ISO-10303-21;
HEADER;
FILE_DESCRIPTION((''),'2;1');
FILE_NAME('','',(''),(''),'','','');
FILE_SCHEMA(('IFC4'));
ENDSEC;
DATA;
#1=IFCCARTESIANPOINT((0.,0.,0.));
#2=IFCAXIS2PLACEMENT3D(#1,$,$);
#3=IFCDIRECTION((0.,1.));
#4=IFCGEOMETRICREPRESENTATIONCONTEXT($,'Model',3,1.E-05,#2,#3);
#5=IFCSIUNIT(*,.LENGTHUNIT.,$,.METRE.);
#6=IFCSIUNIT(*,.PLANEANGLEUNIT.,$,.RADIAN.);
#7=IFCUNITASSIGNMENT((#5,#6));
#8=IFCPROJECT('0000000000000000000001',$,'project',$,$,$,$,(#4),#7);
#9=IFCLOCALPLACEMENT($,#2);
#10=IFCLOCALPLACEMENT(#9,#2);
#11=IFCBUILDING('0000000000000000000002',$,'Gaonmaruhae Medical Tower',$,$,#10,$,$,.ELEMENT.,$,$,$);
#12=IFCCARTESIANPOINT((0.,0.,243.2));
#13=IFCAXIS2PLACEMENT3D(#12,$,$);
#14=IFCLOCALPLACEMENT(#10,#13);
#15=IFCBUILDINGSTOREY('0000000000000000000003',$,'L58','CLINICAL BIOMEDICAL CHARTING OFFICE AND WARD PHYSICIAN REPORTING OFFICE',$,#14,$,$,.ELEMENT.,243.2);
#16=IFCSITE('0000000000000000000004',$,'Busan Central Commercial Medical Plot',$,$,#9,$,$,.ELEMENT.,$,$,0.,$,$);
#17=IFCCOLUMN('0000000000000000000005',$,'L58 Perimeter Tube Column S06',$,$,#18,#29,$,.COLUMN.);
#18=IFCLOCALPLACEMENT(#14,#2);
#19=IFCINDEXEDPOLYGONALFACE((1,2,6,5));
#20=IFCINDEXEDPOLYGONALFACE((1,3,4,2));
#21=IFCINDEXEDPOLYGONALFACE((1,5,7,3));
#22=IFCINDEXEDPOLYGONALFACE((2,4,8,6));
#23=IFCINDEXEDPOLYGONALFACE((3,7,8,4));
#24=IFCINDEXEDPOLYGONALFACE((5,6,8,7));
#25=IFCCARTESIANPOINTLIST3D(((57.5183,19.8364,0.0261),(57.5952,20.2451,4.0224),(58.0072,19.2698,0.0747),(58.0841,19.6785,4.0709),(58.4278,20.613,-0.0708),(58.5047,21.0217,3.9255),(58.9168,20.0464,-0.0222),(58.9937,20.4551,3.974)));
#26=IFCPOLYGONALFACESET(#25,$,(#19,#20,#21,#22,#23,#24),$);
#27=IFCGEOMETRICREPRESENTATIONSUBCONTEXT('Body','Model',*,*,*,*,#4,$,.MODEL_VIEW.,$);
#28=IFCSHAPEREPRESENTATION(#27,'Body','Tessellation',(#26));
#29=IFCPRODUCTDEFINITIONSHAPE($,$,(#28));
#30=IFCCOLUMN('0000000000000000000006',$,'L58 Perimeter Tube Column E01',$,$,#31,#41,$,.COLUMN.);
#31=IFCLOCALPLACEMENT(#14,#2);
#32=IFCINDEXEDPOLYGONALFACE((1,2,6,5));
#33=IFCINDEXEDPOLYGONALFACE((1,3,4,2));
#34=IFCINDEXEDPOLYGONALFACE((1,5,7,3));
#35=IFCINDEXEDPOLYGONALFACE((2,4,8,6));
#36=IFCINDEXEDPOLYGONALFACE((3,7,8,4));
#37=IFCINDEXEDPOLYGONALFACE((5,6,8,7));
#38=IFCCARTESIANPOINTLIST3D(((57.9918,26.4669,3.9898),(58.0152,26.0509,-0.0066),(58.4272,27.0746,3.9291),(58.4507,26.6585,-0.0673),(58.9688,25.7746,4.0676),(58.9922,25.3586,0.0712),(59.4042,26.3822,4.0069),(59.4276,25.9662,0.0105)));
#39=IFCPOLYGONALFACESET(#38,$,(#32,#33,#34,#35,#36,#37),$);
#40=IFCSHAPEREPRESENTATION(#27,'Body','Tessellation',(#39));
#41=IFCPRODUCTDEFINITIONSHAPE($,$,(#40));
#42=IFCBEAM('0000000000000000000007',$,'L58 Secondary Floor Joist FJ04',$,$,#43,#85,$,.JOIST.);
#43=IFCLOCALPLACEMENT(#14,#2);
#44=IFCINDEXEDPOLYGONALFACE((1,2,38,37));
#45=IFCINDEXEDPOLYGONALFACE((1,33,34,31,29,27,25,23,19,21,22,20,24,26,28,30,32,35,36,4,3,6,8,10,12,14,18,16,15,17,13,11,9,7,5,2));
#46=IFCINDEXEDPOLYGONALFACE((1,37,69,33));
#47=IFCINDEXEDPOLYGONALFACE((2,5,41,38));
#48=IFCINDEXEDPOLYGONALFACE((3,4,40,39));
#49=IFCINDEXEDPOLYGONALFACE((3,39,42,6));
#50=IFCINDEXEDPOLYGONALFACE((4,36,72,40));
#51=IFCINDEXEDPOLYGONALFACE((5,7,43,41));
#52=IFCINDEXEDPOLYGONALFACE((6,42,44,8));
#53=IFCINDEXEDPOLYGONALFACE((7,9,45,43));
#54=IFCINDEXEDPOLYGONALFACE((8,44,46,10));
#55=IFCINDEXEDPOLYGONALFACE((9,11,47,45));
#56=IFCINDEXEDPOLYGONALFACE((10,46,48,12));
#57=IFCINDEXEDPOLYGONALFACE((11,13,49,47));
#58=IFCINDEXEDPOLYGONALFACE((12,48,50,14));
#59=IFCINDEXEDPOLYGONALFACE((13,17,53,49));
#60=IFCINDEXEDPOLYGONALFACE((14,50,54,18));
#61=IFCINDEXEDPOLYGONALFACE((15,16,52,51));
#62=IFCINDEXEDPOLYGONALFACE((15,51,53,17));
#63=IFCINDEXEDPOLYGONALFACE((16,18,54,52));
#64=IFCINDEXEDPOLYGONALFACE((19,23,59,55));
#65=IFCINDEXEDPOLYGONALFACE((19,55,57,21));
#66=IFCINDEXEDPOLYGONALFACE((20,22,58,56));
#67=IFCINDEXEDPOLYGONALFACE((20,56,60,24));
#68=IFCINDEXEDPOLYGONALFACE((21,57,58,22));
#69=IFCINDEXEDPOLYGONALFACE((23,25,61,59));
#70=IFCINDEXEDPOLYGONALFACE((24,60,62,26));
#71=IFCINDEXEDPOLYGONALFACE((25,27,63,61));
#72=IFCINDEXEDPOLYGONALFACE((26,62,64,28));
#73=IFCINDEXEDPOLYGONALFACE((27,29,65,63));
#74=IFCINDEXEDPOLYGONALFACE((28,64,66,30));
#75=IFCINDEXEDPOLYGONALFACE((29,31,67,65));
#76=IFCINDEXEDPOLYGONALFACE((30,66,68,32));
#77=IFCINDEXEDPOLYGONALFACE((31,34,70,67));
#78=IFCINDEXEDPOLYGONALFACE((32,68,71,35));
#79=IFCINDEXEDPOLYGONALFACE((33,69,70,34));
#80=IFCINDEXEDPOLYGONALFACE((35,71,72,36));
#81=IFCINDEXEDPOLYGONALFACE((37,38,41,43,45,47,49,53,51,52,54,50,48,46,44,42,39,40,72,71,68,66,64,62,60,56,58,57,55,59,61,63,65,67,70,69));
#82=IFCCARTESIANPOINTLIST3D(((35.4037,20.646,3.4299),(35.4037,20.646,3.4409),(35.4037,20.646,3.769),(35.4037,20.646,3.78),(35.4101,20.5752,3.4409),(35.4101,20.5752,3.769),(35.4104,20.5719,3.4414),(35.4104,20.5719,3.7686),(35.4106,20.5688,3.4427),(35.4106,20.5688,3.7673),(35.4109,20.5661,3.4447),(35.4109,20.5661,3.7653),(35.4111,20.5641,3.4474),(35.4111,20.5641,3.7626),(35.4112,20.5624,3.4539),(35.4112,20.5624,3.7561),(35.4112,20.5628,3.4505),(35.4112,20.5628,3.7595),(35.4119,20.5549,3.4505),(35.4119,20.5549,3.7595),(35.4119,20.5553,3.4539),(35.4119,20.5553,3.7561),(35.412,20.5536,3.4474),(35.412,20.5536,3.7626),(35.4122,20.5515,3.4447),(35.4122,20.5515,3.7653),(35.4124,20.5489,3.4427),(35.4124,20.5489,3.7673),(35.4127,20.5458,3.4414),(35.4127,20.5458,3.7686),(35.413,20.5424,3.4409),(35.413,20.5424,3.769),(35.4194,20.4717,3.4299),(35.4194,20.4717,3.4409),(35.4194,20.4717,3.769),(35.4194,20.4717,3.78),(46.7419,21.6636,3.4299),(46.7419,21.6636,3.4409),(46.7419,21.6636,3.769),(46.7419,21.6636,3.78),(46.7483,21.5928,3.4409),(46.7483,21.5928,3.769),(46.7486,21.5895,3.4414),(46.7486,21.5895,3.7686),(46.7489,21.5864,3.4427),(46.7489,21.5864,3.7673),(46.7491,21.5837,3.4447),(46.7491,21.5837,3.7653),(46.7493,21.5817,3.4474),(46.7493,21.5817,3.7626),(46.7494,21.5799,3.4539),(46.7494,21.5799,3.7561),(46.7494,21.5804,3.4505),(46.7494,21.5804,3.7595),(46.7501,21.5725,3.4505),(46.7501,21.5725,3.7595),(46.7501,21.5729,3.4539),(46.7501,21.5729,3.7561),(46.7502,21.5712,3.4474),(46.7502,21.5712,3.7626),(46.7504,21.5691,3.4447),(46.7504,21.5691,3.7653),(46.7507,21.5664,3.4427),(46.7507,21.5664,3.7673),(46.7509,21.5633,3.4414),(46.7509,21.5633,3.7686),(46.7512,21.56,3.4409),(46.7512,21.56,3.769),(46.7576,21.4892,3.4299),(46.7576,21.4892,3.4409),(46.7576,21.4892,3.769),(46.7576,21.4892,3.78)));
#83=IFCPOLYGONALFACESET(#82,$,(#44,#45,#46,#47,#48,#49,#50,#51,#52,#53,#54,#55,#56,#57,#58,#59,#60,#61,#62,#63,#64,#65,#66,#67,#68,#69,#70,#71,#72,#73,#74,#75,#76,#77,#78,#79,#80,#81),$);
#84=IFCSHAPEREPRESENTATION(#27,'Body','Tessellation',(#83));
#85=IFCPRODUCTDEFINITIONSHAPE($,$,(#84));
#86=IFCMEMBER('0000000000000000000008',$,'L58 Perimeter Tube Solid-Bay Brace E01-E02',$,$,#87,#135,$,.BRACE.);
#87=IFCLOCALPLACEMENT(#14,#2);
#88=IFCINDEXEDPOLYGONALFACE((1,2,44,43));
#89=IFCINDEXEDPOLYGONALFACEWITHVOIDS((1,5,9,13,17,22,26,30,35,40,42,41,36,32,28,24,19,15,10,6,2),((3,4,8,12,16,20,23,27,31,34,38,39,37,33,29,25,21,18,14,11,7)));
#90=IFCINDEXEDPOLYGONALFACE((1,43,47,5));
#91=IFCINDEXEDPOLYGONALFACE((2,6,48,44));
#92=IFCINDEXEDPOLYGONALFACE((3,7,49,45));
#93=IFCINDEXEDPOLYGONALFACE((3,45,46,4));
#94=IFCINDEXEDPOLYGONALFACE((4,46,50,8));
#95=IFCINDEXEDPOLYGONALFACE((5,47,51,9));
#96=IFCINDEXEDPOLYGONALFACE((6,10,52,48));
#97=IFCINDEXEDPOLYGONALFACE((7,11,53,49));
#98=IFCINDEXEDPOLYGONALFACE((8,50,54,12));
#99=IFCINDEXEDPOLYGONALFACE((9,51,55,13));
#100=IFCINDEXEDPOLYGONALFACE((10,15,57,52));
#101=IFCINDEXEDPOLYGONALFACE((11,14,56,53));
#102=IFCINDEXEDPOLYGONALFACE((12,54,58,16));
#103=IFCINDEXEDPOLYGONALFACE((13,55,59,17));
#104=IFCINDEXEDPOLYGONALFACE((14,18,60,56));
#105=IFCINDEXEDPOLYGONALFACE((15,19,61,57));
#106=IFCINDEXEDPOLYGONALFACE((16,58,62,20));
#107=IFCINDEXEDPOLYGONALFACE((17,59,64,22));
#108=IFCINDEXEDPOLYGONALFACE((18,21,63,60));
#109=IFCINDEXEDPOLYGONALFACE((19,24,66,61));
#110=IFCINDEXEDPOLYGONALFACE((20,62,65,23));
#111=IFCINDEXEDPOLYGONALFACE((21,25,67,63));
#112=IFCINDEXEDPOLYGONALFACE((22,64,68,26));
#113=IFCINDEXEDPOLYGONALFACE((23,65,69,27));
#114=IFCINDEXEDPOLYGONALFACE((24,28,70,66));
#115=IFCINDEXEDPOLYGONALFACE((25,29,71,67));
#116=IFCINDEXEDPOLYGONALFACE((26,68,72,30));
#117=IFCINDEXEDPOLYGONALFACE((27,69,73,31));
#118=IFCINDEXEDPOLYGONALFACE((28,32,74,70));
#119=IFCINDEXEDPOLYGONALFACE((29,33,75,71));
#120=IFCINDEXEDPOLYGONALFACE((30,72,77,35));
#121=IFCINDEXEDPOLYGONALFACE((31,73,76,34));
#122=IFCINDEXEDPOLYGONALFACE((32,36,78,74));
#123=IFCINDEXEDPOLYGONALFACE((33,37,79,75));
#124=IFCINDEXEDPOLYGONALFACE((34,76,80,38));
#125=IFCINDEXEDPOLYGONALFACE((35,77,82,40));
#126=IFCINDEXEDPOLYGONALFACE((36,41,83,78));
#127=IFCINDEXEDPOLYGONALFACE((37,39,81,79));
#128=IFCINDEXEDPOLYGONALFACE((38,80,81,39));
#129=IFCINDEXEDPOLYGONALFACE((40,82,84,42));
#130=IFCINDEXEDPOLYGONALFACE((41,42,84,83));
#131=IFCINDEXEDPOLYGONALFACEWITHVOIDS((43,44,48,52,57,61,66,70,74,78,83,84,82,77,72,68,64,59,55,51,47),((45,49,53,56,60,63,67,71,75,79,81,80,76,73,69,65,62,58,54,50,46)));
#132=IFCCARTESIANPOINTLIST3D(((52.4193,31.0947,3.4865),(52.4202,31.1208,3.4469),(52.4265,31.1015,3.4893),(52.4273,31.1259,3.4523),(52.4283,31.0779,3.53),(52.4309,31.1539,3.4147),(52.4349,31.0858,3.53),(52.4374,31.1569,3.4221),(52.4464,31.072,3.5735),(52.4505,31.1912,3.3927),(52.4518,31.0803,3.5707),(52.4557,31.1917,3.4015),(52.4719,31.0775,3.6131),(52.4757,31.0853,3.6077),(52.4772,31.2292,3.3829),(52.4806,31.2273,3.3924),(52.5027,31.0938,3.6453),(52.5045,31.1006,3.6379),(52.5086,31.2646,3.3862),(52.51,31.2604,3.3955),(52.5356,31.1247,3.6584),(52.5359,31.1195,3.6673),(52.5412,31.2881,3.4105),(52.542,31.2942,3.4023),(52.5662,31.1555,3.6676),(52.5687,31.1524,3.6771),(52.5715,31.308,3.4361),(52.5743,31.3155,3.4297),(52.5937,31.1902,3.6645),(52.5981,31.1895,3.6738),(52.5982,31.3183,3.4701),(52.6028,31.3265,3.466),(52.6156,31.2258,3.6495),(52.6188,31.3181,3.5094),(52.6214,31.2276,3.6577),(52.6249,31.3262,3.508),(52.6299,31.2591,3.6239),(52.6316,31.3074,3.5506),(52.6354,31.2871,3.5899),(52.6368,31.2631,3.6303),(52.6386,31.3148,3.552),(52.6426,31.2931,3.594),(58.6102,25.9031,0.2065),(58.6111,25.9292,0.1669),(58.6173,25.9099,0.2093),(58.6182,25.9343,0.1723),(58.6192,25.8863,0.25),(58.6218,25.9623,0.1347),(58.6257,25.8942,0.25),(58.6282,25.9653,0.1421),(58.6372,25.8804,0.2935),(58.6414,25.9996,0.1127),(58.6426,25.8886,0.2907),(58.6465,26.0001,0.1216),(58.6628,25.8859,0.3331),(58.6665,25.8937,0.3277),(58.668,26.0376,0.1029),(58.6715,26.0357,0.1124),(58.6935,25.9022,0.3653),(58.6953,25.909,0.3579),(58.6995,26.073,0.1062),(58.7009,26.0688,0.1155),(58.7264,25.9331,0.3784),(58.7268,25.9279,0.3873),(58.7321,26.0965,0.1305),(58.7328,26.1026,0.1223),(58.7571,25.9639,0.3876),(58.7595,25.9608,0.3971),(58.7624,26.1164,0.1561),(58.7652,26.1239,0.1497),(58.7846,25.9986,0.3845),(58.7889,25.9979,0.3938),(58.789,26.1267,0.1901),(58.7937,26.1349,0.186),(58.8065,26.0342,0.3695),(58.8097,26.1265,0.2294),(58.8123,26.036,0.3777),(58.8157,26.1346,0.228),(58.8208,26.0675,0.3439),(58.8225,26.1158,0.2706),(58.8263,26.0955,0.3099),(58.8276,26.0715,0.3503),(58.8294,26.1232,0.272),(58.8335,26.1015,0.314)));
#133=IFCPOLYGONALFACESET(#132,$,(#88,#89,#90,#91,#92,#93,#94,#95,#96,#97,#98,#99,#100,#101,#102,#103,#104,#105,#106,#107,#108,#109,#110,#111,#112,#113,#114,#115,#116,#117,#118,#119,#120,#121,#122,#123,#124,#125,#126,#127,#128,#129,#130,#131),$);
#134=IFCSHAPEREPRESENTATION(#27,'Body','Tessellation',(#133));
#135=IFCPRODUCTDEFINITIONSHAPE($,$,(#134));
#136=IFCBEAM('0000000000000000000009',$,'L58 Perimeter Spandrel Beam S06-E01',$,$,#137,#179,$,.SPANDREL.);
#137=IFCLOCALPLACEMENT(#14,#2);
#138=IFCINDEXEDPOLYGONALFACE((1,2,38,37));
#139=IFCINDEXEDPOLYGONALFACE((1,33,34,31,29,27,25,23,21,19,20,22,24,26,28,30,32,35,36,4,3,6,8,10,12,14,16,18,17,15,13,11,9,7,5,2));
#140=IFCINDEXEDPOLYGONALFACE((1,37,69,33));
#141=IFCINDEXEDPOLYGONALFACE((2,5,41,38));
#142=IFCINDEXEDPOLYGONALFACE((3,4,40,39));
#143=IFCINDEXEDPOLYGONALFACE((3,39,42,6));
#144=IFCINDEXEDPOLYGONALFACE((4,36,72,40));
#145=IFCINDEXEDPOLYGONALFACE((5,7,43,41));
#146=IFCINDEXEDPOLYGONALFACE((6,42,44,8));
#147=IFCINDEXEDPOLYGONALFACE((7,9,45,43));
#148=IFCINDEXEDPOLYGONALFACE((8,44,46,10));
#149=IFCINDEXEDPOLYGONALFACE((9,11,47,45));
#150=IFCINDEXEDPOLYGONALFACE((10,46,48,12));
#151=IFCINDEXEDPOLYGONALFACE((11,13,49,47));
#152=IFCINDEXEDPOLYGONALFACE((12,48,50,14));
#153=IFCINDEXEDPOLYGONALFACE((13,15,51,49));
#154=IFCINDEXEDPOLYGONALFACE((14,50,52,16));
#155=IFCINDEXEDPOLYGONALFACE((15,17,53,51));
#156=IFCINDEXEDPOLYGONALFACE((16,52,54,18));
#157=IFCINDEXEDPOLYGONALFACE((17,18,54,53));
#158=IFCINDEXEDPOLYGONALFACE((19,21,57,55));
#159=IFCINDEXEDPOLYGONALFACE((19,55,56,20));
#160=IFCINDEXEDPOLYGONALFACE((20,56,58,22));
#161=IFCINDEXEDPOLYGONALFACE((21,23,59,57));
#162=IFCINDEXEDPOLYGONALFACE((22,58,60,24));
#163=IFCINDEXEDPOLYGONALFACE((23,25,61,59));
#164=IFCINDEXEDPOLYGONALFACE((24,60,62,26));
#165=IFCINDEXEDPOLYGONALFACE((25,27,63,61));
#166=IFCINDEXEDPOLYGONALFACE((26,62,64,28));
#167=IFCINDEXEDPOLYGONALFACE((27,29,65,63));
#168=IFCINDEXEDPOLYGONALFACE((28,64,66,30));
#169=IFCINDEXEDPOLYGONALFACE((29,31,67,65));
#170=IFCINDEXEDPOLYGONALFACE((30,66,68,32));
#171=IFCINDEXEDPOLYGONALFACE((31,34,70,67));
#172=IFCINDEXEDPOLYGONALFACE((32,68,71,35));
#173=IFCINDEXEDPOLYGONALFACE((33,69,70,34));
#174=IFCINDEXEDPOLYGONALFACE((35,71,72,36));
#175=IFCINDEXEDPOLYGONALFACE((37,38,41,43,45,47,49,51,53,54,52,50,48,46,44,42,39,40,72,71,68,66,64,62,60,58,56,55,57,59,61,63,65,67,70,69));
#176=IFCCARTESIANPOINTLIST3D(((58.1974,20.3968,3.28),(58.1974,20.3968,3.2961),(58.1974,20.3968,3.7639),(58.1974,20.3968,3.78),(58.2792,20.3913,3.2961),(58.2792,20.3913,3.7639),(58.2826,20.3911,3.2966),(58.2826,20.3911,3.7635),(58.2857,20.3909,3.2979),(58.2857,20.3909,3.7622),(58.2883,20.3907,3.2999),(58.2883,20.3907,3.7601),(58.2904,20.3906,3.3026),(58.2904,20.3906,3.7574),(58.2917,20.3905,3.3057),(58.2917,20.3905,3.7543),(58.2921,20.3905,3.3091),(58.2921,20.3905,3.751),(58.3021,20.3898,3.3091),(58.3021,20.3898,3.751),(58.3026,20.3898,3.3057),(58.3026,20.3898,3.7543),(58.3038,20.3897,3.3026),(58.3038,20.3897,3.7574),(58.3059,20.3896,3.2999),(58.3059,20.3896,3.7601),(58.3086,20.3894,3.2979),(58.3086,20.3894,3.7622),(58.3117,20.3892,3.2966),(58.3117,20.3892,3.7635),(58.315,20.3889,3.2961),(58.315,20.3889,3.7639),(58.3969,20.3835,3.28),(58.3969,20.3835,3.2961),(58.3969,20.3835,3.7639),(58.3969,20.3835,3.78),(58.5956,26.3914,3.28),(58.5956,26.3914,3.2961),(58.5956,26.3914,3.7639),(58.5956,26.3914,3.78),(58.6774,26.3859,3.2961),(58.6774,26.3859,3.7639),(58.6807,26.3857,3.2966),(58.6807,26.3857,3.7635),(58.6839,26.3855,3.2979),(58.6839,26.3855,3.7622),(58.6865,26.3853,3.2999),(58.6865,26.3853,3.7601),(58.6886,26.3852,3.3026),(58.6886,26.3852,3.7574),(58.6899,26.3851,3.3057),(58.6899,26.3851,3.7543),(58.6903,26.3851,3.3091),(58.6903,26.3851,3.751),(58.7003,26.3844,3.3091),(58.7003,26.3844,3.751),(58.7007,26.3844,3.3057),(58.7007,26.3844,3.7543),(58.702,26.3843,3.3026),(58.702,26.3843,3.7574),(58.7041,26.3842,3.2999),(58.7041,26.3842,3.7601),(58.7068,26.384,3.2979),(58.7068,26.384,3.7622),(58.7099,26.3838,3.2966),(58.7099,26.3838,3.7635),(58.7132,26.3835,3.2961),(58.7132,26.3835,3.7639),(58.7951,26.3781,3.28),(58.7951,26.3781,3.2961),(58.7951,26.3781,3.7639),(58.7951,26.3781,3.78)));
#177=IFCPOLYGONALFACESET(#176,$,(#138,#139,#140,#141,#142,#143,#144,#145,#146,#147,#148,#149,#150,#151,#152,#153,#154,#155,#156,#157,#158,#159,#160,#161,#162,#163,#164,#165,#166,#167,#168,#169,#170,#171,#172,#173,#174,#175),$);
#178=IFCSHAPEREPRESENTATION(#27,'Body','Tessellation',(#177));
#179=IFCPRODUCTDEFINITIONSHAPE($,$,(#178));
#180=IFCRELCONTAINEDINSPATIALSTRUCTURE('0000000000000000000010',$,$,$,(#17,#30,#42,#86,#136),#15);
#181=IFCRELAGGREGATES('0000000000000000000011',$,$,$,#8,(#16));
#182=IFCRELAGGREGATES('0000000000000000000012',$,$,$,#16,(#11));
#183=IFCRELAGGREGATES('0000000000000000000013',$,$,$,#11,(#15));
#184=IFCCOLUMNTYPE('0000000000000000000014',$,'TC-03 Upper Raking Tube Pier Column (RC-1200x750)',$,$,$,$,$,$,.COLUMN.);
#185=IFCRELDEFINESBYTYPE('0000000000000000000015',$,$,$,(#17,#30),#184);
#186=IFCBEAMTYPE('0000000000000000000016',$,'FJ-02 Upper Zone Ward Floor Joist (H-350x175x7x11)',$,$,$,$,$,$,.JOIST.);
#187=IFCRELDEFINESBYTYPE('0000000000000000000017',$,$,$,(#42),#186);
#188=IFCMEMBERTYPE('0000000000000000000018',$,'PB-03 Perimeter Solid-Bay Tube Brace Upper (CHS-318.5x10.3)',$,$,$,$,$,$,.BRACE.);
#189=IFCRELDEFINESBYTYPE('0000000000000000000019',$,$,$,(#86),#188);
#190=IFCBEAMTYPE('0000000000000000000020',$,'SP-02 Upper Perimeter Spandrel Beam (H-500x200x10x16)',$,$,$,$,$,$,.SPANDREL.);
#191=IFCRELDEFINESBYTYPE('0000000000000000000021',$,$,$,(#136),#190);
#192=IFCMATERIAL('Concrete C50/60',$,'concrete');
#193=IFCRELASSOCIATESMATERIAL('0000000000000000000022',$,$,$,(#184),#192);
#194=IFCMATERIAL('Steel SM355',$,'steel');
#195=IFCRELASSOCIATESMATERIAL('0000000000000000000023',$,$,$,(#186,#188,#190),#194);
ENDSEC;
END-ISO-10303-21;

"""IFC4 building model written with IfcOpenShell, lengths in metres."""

from ifc_helpers import new_model, si_unit, direction, frame, origin, origin_2d, place, context, subcontext, project, spatial, rectangle, hollow_circle, i_section, extrude, material, material_profile, profile_set, type_object, element, save


model = new_model("IFC4")

# Units and contexts
model_context = context("Model", 3, precision=1e-05, world=origin(), true_north=direction((0.0, 1.0)))
body_context = subcontext(model_context, "Body", "Model", "MODEL_VIEW")
ifc_project = project(units=[si_unit("LENGTHUNIT", "METRE"), si_unit("PLANEANGLEUNIT", "RADIAN")], contexts=[model_context])

# Site, building, storey
site_placement = place(None, origin())
site = spatial("IfcSite", under=ifc_project, at=site_placement, Name="Busan Central Commercial Medical Plot", CompositionType="ELEMENT", RefElevation=0.0)
building_placement = place(site_placement, origin())
building = spatial("IfcBuilding", under=site, at=building_placement, Name="Gaonmaruhae Medical Tower", CompositionType="ELEMENT")
storey_placement = place(building_placement, frame((0.0, 0.0, 243.2)))
storey = spatial("IfcBuildingStorey", under=building, at=storey_placement, Name="L58", Description="CLINICAL BIOMEDICAL CHARTING OFFICE AND WARD PHYSICIAN REPORTING OFFICE", CompositionType="ELEMENT", Elevation=243.2)

# Columns
ifc_material_1 = material(Name="Concrete C50/60", Category="concrete")
ifc_material_profile_1 = material_profile(ifc_material_1, rectangle(XDim=1.2, YDim=0.75, at=origin_2d()), Name="RC-1200x750")
ifc_profile_set_1 = profile_set([ifc_material_profile_1], Name="Concrete C50/60")
column_type = type_object("IfcColumnType", Name="TC-03 Upper Raking Tube Pier Column (RC-1200x750)", PredefinedType="COLUMN", material=ifc_profile_set_1)
column_1_placement = place(storey_placement, frame((58.2175, 19.9414, 0.002), z_axis=(0.01914, 0.101717, 0.994629), x_axis=(-0.758006, -0.647227, 0.080776)))
element("IfcColumn", 1, at=column_1_placement, inside=storey, type_object=column_type, Name="L58 Perimeter Tube Column S06", PredefinedType="COLUMN", context=body_context, shape_type="SweptSolid", body=[
    extrude(rectangle(XDim=1.2, YDim=0.75, at=origin_2d()), origin(), (0.0, 0.0, 1.0), 4.0178),
])
column_2_placement = place(storey_placement, frame((58.7214, 26.0085, 0.002), z_axis=(-0.005833, 0.103538, 0.994608), x_axis=(0.814174, -0.576989, 0.064839)))
element("IfcColumn", 2, at=column_2_placement, inside=storey, type_object=column_type, Name="L58 Perimeter Tube Column E01", PredefinedType="COLUMN", context=body_context, shape_type="SweptSolid", body=[
    extrude(rectangle(XDim=1.2, YDim=0.75, at=origin_2d()), origin(), (0.0, 0.0, 1.0), 4.0181),
])

# Beam
ifc_material_2 = material(Name="Steel SM355", Category="steel")
ifc_material_profile_2 = material_profile(ifc_material_2, i_section(OverallWidth=0.175, OverallDepth=0.3501, WebThickness=0.0071, FlangeThickness=0.011, FilletRadius=0.0129, at=origin_2d()), Name="H-350x175x7x11")
ifc_profile_set_2 = profile_set([ifc_material_profile_2], Name="Steel SM355")
beam_type_1 = type_object("IfcBeamType", Name="FJ-02 Upper Zone Ward Floor Joist (H-350x175x7x11)", PredefinedType="JOIST", material=ifc_profile_set_2)
beam_1_placement = place(storey_placement, frame((46.7498, 21.5764, 3.605), z_axis=(-0.995997, -0.089389, 0.0), x_axis=(0.089389, -0.995997, 0.0)))
element("IfcBeam", 3, at=beam_1_placement, inside=storey, type_object=beam_type_1, Name="L58 Secondary Floor Joist FJ04", PredefinedType="JOIST", context=body_context, shape_type="SweptSolid", body=[
    extrude(i_section(OverallWidth=0.175, OverallDepth=0.3501, WebThickness=0.0071, FlangeThickness=0.011, FilletRadius=0.0129, at=origin_2d()), origin(), (0.0, 0.0, 1.0), 11.3838),
])

# Member
ifc_material_profile_3 = material_profile(ifc_material_2, hollow_circle(Radius=0.1592, WallThickness=0.0103, at=origin_2d()), Name="CHS-318.5x10.3")
ifc_profile_set_3 = profile_set([ifc_material_profile_3], Name="Steel SM355")
member_type = type_object("IfcMemberType", Name="PB-03 Perimeter Solid-Bay Tube Brace Upper (CHS-318.5x10.3)", PredefinedType="BRACE", material=ifc_profile_set_3)
member_placement = place(storey_placement, frame((58.7214, 26.0083, 0.25), z_axis=(-0.709963, 0.595369, 0.376148), x_axis=(-0.642559, -0.766236, 0.0)))
element("IfcMember", 4, at=member_placement, inside=storey, type_object=member_type, Name="L58 Perimeter Tube Solid-Bay Brace E01-E02", PredefinedType="BRACE", context=body_context, shape_type="SweptSolid", body=[
    extrude(hollow_circle(Radius=0.1592, WallThickness=0.0103, at=origin_2d()), origin(), (0.0, 0.0, 1.0), 8.72),
])

# Beam
ifc_material_profile_4 = material_profile(ifc_material_2, i_section(OverallWidth=0.2, OverallDepth=0.5, WebThickness=0.01, FlangeThickness=0.0161, FilletRadius=0.0129, at=origin_2d()), Name="H-500x200x10x16")
ifc_profile_set_4 = profile_set([ifc_material_profile_4], Name="Steel SM355")
beam_type_2 = type_object("IfcBeamType", Name="SP-02 Upper Perimeter Spandrel Beam (H-500x200x10x16)", PredefinedType="SPANDREL", material=ifc_profile_set_4)
beam_2_placement = place(storey_placement, frame((58.2971, 20.3901, 3.53), z_axis=(0.066279, 0.997801, 0.0), x_axis=(-0.997801, 0.066279, 0.0)))
element("IfcBeam", 5, at=beam_2_placement, inside=storey, type_object=beam_type_2, Name="L58 Perimeter Spandrel Beam S06-E01", PredefinedType="SPANDREL", context=body_context, shape_type="SweptSolid", body=[
    extrude(i_section(OverallWidth=0.2, OverallDepth=0.5, WebThickness=0.01, FlangeThickness=0.0161, FilletRadius=0.0129, at=origin_2d()), origin(), (0.0, 0.0, 1.0), 6.0078),
])

save(model, "model.ifc")
